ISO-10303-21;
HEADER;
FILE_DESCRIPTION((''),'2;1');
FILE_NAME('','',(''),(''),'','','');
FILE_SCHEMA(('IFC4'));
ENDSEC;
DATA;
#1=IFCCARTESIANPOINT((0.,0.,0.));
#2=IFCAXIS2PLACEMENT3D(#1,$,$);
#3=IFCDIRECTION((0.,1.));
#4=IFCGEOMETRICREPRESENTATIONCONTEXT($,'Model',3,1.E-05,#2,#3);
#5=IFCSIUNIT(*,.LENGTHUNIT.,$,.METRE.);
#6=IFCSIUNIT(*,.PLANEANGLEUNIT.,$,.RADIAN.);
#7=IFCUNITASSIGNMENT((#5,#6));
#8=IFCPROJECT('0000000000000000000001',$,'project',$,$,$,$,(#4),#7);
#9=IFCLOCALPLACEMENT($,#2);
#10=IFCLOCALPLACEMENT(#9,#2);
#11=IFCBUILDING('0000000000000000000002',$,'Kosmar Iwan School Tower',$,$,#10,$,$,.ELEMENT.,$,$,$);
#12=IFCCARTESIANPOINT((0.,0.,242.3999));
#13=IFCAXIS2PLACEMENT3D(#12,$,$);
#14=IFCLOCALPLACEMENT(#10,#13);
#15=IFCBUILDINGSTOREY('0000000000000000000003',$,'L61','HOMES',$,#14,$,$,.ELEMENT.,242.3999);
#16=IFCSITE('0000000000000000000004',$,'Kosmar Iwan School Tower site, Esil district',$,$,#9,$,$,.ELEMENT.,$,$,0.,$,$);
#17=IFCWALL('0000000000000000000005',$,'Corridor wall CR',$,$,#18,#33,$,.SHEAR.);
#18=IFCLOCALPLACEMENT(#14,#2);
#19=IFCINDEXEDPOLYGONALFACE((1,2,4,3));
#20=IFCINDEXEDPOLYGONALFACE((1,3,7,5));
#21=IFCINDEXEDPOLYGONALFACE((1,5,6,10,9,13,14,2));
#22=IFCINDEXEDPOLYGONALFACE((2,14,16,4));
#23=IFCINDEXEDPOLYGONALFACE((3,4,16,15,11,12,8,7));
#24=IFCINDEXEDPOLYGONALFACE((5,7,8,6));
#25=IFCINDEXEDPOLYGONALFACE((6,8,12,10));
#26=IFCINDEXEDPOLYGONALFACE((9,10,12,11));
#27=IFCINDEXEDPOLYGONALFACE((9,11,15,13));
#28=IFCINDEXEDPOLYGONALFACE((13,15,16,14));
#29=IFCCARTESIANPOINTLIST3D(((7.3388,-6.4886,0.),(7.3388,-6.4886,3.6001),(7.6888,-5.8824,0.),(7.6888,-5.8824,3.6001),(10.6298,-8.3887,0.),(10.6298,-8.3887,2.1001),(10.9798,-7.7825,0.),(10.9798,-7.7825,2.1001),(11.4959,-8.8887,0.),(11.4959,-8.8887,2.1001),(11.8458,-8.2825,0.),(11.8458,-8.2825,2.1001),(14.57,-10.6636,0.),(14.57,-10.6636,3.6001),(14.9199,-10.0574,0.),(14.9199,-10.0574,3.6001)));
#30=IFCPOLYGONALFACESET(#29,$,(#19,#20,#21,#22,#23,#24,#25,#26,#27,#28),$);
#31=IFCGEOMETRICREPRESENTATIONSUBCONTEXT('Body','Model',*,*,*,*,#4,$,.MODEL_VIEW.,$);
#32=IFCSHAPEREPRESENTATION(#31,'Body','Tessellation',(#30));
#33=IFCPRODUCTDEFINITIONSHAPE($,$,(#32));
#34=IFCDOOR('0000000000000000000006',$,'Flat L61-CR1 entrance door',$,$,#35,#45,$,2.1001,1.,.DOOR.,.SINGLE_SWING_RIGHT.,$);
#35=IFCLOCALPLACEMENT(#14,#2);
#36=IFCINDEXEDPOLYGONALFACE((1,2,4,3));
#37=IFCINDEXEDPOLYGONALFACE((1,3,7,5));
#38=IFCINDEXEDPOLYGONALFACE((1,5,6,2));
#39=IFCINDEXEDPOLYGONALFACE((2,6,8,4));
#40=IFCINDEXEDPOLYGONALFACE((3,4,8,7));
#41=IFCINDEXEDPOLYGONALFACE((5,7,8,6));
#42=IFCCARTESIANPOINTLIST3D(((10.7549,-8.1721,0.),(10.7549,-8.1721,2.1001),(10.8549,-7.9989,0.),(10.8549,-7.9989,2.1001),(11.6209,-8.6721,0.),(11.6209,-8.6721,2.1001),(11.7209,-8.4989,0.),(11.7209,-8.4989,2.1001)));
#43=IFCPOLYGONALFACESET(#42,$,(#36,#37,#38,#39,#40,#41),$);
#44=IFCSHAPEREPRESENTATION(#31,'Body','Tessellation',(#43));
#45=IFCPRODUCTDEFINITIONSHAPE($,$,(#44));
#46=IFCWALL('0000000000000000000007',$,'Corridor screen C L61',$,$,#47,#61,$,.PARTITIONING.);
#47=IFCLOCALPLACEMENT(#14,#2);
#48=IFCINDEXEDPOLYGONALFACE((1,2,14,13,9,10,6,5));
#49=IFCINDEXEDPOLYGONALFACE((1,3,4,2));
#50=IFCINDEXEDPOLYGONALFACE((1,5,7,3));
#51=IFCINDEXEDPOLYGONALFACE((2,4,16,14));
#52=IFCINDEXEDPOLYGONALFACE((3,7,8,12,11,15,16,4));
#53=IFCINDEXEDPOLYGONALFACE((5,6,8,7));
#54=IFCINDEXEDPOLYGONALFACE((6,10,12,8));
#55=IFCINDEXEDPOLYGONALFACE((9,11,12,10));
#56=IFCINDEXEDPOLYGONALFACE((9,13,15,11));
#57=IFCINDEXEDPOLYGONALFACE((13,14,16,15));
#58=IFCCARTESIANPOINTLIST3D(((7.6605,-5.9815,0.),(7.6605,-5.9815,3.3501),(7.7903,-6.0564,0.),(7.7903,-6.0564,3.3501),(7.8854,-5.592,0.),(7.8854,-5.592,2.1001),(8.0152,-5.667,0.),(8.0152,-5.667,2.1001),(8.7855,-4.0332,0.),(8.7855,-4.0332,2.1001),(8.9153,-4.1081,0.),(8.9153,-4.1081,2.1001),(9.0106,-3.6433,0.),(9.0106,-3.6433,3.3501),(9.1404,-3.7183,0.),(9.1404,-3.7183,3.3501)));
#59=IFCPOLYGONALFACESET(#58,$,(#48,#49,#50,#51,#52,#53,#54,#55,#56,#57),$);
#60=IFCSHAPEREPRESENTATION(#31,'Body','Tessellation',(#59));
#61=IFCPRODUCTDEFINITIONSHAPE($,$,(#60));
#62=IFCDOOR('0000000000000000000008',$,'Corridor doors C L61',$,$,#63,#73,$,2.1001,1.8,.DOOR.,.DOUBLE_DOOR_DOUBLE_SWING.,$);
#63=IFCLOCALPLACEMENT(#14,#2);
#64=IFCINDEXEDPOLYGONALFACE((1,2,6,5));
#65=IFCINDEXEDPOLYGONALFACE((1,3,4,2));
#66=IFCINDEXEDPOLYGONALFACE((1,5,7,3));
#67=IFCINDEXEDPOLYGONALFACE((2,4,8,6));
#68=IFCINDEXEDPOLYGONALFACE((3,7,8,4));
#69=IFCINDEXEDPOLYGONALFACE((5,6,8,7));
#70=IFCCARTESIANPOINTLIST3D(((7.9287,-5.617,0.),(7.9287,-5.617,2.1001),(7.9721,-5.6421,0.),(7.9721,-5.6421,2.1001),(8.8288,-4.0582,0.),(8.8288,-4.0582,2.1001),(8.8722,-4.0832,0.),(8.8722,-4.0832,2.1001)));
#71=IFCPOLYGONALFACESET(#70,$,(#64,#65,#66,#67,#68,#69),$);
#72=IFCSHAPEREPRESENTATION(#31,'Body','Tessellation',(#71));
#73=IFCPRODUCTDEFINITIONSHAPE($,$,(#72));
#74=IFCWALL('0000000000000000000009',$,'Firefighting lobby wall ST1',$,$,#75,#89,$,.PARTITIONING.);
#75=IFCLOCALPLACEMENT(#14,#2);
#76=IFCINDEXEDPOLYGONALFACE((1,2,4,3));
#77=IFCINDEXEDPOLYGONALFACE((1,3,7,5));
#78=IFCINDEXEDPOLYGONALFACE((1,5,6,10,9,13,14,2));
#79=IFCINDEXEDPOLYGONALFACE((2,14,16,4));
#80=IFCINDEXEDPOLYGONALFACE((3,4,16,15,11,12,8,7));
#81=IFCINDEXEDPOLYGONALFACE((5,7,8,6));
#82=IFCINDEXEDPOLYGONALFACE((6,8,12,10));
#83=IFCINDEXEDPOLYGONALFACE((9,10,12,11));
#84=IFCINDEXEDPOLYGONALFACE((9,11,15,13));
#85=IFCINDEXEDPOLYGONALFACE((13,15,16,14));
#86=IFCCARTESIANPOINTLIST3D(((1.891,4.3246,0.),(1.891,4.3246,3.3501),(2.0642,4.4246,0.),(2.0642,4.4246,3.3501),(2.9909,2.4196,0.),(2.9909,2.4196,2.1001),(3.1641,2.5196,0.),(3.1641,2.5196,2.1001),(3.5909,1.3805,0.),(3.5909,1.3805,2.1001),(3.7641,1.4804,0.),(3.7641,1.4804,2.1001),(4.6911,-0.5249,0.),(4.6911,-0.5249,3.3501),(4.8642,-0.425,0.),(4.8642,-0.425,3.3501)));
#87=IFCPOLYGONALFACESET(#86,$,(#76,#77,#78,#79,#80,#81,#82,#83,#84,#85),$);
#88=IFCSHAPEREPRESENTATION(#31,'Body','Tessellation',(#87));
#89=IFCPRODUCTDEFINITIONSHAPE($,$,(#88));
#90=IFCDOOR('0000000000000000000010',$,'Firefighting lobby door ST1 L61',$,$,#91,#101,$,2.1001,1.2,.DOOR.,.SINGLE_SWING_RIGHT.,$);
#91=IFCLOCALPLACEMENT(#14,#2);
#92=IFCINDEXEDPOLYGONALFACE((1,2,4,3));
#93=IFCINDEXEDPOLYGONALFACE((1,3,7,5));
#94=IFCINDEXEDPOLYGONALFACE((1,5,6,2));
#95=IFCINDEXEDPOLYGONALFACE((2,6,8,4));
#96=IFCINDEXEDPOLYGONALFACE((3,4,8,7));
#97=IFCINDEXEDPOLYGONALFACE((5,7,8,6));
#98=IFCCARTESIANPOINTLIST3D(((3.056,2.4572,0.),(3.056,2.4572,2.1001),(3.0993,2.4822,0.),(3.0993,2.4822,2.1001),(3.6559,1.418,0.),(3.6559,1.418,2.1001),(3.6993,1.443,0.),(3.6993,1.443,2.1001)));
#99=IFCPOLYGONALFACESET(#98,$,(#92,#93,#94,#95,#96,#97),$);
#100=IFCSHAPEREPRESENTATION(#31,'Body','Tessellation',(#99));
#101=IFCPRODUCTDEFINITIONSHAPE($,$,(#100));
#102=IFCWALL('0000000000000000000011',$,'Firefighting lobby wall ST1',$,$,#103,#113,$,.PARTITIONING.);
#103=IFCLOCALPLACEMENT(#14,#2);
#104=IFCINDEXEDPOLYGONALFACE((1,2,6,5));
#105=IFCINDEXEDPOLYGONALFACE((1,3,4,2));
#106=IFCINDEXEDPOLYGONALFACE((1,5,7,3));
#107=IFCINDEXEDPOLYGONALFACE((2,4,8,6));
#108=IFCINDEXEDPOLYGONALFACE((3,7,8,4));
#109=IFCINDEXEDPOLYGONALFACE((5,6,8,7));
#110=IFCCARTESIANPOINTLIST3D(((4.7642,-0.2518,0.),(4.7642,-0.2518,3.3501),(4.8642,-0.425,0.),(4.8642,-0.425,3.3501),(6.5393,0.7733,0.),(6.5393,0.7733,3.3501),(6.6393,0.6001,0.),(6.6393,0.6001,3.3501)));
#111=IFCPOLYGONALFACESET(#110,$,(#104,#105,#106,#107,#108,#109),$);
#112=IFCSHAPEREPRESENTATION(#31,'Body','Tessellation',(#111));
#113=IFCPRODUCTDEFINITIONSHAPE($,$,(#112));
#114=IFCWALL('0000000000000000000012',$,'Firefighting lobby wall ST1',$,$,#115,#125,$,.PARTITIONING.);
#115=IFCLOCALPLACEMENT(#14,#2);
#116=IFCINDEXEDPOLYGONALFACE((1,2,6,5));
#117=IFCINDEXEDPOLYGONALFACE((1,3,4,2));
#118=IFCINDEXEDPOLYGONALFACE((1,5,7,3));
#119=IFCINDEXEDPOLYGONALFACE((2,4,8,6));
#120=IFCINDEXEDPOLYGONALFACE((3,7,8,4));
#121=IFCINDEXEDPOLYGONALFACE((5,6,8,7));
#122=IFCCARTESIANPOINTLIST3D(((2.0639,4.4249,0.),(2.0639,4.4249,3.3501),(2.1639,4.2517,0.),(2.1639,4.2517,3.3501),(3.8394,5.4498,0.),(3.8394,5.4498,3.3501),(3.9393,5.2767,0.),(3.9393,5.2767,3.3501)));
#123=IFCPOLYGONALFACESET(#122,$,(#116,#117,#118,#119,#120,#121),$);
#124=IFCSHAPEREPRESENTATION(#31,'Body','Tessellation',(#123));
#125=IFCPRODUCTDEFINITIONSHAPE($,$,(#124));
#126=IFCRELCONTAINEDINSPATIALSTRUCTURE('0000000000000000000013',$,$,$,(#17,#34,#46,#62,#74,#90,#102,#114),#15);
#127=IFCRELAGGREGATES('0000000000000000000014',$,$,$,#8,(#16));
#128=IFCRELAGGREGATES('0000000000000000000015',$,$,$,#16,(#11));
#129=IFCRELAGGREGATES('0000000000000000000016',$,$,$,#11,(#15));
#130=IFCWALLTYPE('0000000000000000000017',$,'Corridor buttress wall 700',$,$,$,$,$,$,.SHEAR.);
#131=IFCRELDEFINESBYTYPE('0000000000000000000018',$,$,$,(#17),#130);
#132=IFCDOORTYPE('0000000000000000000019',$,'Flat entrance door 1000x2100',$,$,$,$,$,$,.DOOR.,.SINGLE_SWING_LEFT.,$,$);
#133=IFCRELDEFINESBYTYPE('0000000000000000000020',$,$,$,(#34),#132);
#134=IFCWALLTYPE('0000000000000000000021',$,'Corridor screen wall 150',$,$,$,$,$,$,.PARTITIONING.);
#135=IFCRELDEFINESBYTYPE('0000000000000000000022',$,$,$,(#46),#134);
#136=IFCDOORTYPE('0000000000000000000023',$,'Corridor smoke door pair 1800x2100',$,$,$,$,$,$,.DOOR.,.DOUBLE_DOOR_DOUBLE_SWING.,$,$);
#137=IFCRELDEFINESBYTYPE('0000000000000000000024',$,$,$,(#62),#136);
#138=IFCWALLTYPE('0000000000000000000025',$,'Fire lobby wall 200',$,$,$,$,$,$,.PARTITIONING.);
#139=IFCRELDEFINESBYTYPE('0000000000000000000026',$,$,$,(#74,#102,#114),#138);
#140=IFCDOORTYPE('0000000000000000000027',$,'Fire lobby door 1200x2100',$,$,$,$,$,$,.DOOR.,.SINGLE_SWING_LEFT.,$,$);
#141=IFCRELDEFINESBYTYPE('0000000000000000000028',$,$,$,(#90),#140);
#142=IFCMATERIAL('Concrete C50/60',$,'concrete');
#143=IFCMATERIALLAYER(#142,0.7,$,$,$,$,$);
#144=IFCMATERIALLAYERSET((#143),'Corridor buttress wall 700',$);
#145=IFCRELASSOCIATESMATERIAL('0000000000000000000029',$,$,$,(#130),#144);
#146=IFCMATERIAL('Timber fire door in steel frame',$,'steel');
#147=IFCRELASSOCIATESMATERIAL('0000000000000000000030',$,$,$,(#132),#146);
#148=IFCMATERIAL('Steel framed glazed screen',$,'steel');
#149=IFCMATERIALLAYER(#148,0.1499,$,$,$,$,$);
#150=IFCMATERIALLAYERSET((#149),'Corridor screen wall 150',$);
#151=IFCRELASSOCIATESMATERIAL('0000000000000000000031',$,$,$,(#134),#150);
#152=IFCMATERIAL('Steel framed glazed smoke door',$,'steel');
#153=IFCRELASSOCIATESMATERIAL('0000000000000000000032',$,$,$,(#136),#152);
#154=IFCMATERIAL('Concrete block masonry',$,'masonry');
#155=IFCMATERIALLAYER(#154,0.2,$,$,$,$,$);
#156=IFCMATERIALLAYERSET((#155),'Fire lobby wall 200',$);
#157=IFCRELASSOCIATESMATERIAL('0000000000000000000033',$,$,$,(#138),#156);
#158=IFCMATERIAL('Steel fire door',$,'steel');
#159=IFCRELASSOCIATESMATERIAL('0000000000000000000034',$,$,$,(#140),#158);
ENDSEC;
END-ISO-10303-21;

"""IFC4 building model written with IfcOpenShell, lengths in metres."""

from ifc_helpers import new_model, si_unit, direction, frame, frame_2d, origin, place, context, subcontext, project, spatial, rectangle, extrude, material, layer, layer_set, type_object, element, fill, save


model = new_model("IFC4")

# Units and contexts
model_context = context("Model", 3, precision=1e-05, world=origin(), true_north=direction((0.0, 1.0)))
body_context = subcontext(model_context, "Body", "Model", "MODEL_VIEW")
ifc_project = project(units=[si_unit("LENGTHUNIT", "METRE"), si_unit("PLANEANGLEUNIT", "RADIAN")], contexts=[model_context])

# Site, building, storey
site_placement = place(None, origin())
site = spatial("IfcSite", under=ifc_project, at=site_placement, Name="Kosmar Iwan School Tower site, Esil district", CompositionType="ELEMENT", RefElevation=0.0)
building_placement = place(site_placement, origin())
building = spatial("IfcBuilding", under=site, at=building_placement, Name="Kosmar Iwan School Tower", CompositionType="ELEMENT")
storey_placement = place(building_placement, frame((0.0, 0.0, 242.3999)))
storey = spatial("IfcBuildingStorey", under=building, at=storey_placement, Name="L61", Description="HOMES", CompositionType="ELEMENT", Elevation=242.3999)

# Walls, openings, doors
ifc_material_1 = material(Name="Concrete C50/60", Category="concrete")
ifc_layer_1 = layer(ifc_material_1, 0.7)
ifc_layer_set_1 = layer_set([ifc_layer_1], Name="Corridor buttress wall 700")
wall_type_1 = type_object("IfcWallType", Name="Corridor buttress wall 700", PredefinedType="SHEAR", material=ifc_layer_set_1)
wall_1_placement = place(storey_placement, frame((7.5139, -6.1855, 0.0), z_axis=(0.0, 0.0, 1.0), x_axis=(0.86602, -0.50001, 0.0)))
wall_1 = element("IfcWall", 1, at=wall_1_placement, inside=storey, type_object=wall_type_1, Name="Corridor wall CR", PredefinedType="SHEAR", context=body_context, shape_type="SweptSolid", body=[
    extrude(rectangle(XDim=8.3499, YDim=0.7, at=frame_2d((4.1748, 0.0))), origin(), (0.0, 0.0, 1.0), 3.6001),
])
opening_1_placement = place(wall_1_placement, frame((3.8, 0.0, 0.0)))
opening_1 = element("IfcOpeningElement", 2, at=opening_1_placement, cuts=wall_1, PredefinedType="OPENING", context=body_context, shape_type="SweptSolid", body=[
    extrude(rectangle(XDim=1.0, YDim=2.1001, at=frame_2d((0.5, 1.05))), frame((0.0, 0.3621, 0.0), z_axis=(0.0, -1.0, 0.0), x_axis=(1.0, 0.0, 0.0)), (0.0, 0.0, 1.0), 0.7239),
])
ifc_material_2 = material(Name="Timber fire door in steel frame", Category="steel")
door_type_1 = type_object("IfcDoorType", Name="Flat entrance door 1000x2100", OperationType="SINGLE_SWING_LEFT", PredefinedType="DOOR", material=ifc_material_2)
door_1_placement = place(opening_1_placement, origin())
door_1 = element("IfcDoor", 3, at=door_1_placement, inside=storey, type_object=door_type_1, Name="Flat L61-CR1 entrance door", OperationType="SINGLE_SWING_RIGHT", OverallHeight=2.1001, OverallWidth=1.0, PredefinedType="DOOR", context=body_context, shape_type="SweptSolid", body=[
    extrude(rectangle(XDim=1.0, YDim=2.1001, at=frame_2d((0.5, 1.05))), frame((0.0, 0.1001, 0.0), z_axis=(0.0, -1.0, 0.0), x_axis=(1.0, 0.0, 0.0)), (0.0, 0.0, 1.0), 0.2),
])
fill(opening_1, door_1)
ifc_material_3 = material(Name="Steel framed glazed screen", Category="steel")
ifc_layer_2 = layer(ifc_material_3, 0.1499)
ifc_layer_set_2 = layer_set([ifc_layer_2], Name="Corridor screen wall 150")
wall_type_2 = type_object("IfcWallType", Name="Corridor screen wall 150", PredefinedType="PARTITIONING", material=ifc_layer_set_2)
wall_2_placement = place(storey_placement, frame((7.7253, -6.019, 0.0), z_axis=(0.0, 0.0, 1.0), x_axis=(0.500049, 0.865997, 0.0)))
wall_2 = element("IfcWall", 4, at=wall_2_placement, inside=storey, type_object=wall_type_2, Name="Corridor screen C L61", PredefinedType="PARTITIONING", context=body_context, shape_type="SweptSolid", body=[
    extrude(rectangle(XDim=2.7, YDim=0.1499, at=frame_2d((1.3501, 0.0))), origin(), (0.0, 0.0, 1.0), 3.3501),
])
opening_2_placement = place(wall_2_placement, frame((0.45, 0.0, 0.0)))
opening_2 = element("IfcOpeningElement", 5, at=opening_2_placement, cuts=wall_2, PredefinedType="OPENING", context=body_context, shape_type="SweptSolid", body=[
    extrude(rectangle(XDim=1.8, YDim=2.1001, at=frame_2d((0.8999, 1.05))), frame((0.0, 0.0869, 0.0), z_axis=(0.0, -1.0, 0.0), x_axis=(1.0, 0.0, 0.0)), (0.0, 0.0, 1.0), 0.1738),
])
ifc_material_4 = material(Name="Steel framed glazed smoke door", Category="steel")
door_type_2 = type_object("IfcDoorType", Name="Corridor smoke door pair 1800x2100", OperationType="DOUBLE_DOOR_DOUBLE_SWING", PredefinedType="DOOR", material=ifc_material_4)
door_2_placement = place(opening_2_placement, origin())
door_2 = element("IfcDoor", 6, at=door_2_placement, inside=storey, type_object=door_type_2, Name="Corridor doors C L61", OperationType="DOUBLE_DOOR_DOUBLE_SWING", OverallHeight=2.1001, OverallWidth=1.8, PredefinedType="DOOR", context=body_context, shape_type="SweptSolid", body=[
    extrude(rectangle(XDim=1.8, YDim=2.1001, at=frame_2d((0.8999, 1.05))), frame((0.0, 0.0249, 0.0), z_axis=(0.0, -1.0, 0.0), x_axis=(1.0, 0.0, 0.0)), (0.0, 0.0, 1.0), 0.05),
])
fill(opening_2, door_2)
ifc_material_5 = material(Name="Concrete block masonry", Category="masonry")
ifc_layer_3 = layer(ifc_material_5, 0.2)
ifc_layer_set_3 = layer_set([ifc_layer_3], Name="Fire lobby wall 200")
wall_type_3 = type_object("IfcWallType", Name="Fire lobby wall 200", PredefinedType="PARTITIONING", material=ifc_layer_set_3)
wall_3_placement = place(storey_placement, frame((4.7776, -0.4749, 0.0), z_axis=(0.0, 0.0, 1.0), x_axis=(-0.500017, 0.866016, 0.0)))
wall_3 = element("IfcWall", 7, at=wall_3_placement, inside=storey, type_object=wall_type_3, Name="Firefighting lobby wall ST1", PredefinedType="PARTITIONING", context=body_context, shape_type="SweptSolid", body=[
    extrude(rectangle(XDim=5.5999, YDim=0.2, at=frame_2d((2.7998, 0.0))), origin(), (0.0, 0.0, 1.0), 3.3501),
])
opening_3_placement = place(wall_3_placement, frame((2.2, 0.0, 0.0)))
opening_3 = element("IfcOpeningElement", 8, at=opening_3_placement, cuts=wall_3, PredefinedType="OPENING", context=body_context, shape_type="SweptSolid", body=[
    extrude(rectangle(XDim=1.2, YDim=2.1001, at=frame_2d((0.6001, 1.05))), frame((0.0, 0.1121, 0.0), z_axis=(0.0, -1.0, 0.0), x_axis=(1.0, 0.0, 0.0)), (0.0, 0.0, 1.0), 0.2239),
])
ifc_material_6 = material(Name="Steel fire door", Category="steel")
door_type_3 = type_object("IfcDoorType", Name="Fire lobby door 1200x2100", OperationType="SINGLE_SWING_LEFT", PredefinedType="DOOR", material=ifc_material_6)
door_3_placement = place(opening_3_placement, origin())
door_3 = element("IfcDoor", 9, at=door_3_placement, inside=storey, type_object=door_type_3, Name="Firefighting lobby door ST1 L61", OperationType="SINGLE_SWING_RIGHT", OverallHeight=2.1001, OverallWidth=1.2, PredefinedType="DOOR", context=body_context, shape_type="SweptSolid", body=[
    extrude(rectangle(XDim=1.2, YDim=2.1001, at=frame_2d((0.6001, 1.05))), frame((0.0, 0.0249, 0.0), z_axis=(0.0, -1.0, 0.0), x_axis=(1.0, 0.0, 0.0)), (0.0, 0.0, 1.0), 0.05),
])
fill(opening_3, door_3)

# Walls
wall_4_placement = place(storey_placement, frame((4.8142, -0.3384, 0.0), z_axis=(0.0, 0.0, 1.0), x_axis=(0.865969, 0.500097, 0.0)))
element("IfcWall", 10, at=wall_4_placement, inside=storey, type_object=wall_type_3, Name="Firefighting lobby wall ST1", PredefinedType="PARTITIONING", context=body_context, shape_type="SweptSolid", body=[
    extrude(rectangle(XDim=2.0498, YDim=0.2, at=frame_2d((1.0249, 0.0))), origin(), (0.0, 0.0, 1.0), 3.3501),
])
wall_5_placement = place(storey_placement, frame((2.114, 4.3384, 0.0), z_axis=(0.0, 0.0, 1.0), x_axis=(0.866051, 0.499956, 0.0)))
element("IfcWall", 11, at=wall_5_placement, inside=storey, type_object=wall_type_3, Name="Firefighting lobby wall ST1", PredefinedType="PARTITIONING", context=body_context, shape_type="SweptSolid", body=[
    extrude(rectangle(XDim=2.05, YDim=0.2, at=frame_2d((1.0249, 0.0))), origin(), (0.0, 0.0, 1.0), 3.3501),
])

save(model, "model.ifc")
